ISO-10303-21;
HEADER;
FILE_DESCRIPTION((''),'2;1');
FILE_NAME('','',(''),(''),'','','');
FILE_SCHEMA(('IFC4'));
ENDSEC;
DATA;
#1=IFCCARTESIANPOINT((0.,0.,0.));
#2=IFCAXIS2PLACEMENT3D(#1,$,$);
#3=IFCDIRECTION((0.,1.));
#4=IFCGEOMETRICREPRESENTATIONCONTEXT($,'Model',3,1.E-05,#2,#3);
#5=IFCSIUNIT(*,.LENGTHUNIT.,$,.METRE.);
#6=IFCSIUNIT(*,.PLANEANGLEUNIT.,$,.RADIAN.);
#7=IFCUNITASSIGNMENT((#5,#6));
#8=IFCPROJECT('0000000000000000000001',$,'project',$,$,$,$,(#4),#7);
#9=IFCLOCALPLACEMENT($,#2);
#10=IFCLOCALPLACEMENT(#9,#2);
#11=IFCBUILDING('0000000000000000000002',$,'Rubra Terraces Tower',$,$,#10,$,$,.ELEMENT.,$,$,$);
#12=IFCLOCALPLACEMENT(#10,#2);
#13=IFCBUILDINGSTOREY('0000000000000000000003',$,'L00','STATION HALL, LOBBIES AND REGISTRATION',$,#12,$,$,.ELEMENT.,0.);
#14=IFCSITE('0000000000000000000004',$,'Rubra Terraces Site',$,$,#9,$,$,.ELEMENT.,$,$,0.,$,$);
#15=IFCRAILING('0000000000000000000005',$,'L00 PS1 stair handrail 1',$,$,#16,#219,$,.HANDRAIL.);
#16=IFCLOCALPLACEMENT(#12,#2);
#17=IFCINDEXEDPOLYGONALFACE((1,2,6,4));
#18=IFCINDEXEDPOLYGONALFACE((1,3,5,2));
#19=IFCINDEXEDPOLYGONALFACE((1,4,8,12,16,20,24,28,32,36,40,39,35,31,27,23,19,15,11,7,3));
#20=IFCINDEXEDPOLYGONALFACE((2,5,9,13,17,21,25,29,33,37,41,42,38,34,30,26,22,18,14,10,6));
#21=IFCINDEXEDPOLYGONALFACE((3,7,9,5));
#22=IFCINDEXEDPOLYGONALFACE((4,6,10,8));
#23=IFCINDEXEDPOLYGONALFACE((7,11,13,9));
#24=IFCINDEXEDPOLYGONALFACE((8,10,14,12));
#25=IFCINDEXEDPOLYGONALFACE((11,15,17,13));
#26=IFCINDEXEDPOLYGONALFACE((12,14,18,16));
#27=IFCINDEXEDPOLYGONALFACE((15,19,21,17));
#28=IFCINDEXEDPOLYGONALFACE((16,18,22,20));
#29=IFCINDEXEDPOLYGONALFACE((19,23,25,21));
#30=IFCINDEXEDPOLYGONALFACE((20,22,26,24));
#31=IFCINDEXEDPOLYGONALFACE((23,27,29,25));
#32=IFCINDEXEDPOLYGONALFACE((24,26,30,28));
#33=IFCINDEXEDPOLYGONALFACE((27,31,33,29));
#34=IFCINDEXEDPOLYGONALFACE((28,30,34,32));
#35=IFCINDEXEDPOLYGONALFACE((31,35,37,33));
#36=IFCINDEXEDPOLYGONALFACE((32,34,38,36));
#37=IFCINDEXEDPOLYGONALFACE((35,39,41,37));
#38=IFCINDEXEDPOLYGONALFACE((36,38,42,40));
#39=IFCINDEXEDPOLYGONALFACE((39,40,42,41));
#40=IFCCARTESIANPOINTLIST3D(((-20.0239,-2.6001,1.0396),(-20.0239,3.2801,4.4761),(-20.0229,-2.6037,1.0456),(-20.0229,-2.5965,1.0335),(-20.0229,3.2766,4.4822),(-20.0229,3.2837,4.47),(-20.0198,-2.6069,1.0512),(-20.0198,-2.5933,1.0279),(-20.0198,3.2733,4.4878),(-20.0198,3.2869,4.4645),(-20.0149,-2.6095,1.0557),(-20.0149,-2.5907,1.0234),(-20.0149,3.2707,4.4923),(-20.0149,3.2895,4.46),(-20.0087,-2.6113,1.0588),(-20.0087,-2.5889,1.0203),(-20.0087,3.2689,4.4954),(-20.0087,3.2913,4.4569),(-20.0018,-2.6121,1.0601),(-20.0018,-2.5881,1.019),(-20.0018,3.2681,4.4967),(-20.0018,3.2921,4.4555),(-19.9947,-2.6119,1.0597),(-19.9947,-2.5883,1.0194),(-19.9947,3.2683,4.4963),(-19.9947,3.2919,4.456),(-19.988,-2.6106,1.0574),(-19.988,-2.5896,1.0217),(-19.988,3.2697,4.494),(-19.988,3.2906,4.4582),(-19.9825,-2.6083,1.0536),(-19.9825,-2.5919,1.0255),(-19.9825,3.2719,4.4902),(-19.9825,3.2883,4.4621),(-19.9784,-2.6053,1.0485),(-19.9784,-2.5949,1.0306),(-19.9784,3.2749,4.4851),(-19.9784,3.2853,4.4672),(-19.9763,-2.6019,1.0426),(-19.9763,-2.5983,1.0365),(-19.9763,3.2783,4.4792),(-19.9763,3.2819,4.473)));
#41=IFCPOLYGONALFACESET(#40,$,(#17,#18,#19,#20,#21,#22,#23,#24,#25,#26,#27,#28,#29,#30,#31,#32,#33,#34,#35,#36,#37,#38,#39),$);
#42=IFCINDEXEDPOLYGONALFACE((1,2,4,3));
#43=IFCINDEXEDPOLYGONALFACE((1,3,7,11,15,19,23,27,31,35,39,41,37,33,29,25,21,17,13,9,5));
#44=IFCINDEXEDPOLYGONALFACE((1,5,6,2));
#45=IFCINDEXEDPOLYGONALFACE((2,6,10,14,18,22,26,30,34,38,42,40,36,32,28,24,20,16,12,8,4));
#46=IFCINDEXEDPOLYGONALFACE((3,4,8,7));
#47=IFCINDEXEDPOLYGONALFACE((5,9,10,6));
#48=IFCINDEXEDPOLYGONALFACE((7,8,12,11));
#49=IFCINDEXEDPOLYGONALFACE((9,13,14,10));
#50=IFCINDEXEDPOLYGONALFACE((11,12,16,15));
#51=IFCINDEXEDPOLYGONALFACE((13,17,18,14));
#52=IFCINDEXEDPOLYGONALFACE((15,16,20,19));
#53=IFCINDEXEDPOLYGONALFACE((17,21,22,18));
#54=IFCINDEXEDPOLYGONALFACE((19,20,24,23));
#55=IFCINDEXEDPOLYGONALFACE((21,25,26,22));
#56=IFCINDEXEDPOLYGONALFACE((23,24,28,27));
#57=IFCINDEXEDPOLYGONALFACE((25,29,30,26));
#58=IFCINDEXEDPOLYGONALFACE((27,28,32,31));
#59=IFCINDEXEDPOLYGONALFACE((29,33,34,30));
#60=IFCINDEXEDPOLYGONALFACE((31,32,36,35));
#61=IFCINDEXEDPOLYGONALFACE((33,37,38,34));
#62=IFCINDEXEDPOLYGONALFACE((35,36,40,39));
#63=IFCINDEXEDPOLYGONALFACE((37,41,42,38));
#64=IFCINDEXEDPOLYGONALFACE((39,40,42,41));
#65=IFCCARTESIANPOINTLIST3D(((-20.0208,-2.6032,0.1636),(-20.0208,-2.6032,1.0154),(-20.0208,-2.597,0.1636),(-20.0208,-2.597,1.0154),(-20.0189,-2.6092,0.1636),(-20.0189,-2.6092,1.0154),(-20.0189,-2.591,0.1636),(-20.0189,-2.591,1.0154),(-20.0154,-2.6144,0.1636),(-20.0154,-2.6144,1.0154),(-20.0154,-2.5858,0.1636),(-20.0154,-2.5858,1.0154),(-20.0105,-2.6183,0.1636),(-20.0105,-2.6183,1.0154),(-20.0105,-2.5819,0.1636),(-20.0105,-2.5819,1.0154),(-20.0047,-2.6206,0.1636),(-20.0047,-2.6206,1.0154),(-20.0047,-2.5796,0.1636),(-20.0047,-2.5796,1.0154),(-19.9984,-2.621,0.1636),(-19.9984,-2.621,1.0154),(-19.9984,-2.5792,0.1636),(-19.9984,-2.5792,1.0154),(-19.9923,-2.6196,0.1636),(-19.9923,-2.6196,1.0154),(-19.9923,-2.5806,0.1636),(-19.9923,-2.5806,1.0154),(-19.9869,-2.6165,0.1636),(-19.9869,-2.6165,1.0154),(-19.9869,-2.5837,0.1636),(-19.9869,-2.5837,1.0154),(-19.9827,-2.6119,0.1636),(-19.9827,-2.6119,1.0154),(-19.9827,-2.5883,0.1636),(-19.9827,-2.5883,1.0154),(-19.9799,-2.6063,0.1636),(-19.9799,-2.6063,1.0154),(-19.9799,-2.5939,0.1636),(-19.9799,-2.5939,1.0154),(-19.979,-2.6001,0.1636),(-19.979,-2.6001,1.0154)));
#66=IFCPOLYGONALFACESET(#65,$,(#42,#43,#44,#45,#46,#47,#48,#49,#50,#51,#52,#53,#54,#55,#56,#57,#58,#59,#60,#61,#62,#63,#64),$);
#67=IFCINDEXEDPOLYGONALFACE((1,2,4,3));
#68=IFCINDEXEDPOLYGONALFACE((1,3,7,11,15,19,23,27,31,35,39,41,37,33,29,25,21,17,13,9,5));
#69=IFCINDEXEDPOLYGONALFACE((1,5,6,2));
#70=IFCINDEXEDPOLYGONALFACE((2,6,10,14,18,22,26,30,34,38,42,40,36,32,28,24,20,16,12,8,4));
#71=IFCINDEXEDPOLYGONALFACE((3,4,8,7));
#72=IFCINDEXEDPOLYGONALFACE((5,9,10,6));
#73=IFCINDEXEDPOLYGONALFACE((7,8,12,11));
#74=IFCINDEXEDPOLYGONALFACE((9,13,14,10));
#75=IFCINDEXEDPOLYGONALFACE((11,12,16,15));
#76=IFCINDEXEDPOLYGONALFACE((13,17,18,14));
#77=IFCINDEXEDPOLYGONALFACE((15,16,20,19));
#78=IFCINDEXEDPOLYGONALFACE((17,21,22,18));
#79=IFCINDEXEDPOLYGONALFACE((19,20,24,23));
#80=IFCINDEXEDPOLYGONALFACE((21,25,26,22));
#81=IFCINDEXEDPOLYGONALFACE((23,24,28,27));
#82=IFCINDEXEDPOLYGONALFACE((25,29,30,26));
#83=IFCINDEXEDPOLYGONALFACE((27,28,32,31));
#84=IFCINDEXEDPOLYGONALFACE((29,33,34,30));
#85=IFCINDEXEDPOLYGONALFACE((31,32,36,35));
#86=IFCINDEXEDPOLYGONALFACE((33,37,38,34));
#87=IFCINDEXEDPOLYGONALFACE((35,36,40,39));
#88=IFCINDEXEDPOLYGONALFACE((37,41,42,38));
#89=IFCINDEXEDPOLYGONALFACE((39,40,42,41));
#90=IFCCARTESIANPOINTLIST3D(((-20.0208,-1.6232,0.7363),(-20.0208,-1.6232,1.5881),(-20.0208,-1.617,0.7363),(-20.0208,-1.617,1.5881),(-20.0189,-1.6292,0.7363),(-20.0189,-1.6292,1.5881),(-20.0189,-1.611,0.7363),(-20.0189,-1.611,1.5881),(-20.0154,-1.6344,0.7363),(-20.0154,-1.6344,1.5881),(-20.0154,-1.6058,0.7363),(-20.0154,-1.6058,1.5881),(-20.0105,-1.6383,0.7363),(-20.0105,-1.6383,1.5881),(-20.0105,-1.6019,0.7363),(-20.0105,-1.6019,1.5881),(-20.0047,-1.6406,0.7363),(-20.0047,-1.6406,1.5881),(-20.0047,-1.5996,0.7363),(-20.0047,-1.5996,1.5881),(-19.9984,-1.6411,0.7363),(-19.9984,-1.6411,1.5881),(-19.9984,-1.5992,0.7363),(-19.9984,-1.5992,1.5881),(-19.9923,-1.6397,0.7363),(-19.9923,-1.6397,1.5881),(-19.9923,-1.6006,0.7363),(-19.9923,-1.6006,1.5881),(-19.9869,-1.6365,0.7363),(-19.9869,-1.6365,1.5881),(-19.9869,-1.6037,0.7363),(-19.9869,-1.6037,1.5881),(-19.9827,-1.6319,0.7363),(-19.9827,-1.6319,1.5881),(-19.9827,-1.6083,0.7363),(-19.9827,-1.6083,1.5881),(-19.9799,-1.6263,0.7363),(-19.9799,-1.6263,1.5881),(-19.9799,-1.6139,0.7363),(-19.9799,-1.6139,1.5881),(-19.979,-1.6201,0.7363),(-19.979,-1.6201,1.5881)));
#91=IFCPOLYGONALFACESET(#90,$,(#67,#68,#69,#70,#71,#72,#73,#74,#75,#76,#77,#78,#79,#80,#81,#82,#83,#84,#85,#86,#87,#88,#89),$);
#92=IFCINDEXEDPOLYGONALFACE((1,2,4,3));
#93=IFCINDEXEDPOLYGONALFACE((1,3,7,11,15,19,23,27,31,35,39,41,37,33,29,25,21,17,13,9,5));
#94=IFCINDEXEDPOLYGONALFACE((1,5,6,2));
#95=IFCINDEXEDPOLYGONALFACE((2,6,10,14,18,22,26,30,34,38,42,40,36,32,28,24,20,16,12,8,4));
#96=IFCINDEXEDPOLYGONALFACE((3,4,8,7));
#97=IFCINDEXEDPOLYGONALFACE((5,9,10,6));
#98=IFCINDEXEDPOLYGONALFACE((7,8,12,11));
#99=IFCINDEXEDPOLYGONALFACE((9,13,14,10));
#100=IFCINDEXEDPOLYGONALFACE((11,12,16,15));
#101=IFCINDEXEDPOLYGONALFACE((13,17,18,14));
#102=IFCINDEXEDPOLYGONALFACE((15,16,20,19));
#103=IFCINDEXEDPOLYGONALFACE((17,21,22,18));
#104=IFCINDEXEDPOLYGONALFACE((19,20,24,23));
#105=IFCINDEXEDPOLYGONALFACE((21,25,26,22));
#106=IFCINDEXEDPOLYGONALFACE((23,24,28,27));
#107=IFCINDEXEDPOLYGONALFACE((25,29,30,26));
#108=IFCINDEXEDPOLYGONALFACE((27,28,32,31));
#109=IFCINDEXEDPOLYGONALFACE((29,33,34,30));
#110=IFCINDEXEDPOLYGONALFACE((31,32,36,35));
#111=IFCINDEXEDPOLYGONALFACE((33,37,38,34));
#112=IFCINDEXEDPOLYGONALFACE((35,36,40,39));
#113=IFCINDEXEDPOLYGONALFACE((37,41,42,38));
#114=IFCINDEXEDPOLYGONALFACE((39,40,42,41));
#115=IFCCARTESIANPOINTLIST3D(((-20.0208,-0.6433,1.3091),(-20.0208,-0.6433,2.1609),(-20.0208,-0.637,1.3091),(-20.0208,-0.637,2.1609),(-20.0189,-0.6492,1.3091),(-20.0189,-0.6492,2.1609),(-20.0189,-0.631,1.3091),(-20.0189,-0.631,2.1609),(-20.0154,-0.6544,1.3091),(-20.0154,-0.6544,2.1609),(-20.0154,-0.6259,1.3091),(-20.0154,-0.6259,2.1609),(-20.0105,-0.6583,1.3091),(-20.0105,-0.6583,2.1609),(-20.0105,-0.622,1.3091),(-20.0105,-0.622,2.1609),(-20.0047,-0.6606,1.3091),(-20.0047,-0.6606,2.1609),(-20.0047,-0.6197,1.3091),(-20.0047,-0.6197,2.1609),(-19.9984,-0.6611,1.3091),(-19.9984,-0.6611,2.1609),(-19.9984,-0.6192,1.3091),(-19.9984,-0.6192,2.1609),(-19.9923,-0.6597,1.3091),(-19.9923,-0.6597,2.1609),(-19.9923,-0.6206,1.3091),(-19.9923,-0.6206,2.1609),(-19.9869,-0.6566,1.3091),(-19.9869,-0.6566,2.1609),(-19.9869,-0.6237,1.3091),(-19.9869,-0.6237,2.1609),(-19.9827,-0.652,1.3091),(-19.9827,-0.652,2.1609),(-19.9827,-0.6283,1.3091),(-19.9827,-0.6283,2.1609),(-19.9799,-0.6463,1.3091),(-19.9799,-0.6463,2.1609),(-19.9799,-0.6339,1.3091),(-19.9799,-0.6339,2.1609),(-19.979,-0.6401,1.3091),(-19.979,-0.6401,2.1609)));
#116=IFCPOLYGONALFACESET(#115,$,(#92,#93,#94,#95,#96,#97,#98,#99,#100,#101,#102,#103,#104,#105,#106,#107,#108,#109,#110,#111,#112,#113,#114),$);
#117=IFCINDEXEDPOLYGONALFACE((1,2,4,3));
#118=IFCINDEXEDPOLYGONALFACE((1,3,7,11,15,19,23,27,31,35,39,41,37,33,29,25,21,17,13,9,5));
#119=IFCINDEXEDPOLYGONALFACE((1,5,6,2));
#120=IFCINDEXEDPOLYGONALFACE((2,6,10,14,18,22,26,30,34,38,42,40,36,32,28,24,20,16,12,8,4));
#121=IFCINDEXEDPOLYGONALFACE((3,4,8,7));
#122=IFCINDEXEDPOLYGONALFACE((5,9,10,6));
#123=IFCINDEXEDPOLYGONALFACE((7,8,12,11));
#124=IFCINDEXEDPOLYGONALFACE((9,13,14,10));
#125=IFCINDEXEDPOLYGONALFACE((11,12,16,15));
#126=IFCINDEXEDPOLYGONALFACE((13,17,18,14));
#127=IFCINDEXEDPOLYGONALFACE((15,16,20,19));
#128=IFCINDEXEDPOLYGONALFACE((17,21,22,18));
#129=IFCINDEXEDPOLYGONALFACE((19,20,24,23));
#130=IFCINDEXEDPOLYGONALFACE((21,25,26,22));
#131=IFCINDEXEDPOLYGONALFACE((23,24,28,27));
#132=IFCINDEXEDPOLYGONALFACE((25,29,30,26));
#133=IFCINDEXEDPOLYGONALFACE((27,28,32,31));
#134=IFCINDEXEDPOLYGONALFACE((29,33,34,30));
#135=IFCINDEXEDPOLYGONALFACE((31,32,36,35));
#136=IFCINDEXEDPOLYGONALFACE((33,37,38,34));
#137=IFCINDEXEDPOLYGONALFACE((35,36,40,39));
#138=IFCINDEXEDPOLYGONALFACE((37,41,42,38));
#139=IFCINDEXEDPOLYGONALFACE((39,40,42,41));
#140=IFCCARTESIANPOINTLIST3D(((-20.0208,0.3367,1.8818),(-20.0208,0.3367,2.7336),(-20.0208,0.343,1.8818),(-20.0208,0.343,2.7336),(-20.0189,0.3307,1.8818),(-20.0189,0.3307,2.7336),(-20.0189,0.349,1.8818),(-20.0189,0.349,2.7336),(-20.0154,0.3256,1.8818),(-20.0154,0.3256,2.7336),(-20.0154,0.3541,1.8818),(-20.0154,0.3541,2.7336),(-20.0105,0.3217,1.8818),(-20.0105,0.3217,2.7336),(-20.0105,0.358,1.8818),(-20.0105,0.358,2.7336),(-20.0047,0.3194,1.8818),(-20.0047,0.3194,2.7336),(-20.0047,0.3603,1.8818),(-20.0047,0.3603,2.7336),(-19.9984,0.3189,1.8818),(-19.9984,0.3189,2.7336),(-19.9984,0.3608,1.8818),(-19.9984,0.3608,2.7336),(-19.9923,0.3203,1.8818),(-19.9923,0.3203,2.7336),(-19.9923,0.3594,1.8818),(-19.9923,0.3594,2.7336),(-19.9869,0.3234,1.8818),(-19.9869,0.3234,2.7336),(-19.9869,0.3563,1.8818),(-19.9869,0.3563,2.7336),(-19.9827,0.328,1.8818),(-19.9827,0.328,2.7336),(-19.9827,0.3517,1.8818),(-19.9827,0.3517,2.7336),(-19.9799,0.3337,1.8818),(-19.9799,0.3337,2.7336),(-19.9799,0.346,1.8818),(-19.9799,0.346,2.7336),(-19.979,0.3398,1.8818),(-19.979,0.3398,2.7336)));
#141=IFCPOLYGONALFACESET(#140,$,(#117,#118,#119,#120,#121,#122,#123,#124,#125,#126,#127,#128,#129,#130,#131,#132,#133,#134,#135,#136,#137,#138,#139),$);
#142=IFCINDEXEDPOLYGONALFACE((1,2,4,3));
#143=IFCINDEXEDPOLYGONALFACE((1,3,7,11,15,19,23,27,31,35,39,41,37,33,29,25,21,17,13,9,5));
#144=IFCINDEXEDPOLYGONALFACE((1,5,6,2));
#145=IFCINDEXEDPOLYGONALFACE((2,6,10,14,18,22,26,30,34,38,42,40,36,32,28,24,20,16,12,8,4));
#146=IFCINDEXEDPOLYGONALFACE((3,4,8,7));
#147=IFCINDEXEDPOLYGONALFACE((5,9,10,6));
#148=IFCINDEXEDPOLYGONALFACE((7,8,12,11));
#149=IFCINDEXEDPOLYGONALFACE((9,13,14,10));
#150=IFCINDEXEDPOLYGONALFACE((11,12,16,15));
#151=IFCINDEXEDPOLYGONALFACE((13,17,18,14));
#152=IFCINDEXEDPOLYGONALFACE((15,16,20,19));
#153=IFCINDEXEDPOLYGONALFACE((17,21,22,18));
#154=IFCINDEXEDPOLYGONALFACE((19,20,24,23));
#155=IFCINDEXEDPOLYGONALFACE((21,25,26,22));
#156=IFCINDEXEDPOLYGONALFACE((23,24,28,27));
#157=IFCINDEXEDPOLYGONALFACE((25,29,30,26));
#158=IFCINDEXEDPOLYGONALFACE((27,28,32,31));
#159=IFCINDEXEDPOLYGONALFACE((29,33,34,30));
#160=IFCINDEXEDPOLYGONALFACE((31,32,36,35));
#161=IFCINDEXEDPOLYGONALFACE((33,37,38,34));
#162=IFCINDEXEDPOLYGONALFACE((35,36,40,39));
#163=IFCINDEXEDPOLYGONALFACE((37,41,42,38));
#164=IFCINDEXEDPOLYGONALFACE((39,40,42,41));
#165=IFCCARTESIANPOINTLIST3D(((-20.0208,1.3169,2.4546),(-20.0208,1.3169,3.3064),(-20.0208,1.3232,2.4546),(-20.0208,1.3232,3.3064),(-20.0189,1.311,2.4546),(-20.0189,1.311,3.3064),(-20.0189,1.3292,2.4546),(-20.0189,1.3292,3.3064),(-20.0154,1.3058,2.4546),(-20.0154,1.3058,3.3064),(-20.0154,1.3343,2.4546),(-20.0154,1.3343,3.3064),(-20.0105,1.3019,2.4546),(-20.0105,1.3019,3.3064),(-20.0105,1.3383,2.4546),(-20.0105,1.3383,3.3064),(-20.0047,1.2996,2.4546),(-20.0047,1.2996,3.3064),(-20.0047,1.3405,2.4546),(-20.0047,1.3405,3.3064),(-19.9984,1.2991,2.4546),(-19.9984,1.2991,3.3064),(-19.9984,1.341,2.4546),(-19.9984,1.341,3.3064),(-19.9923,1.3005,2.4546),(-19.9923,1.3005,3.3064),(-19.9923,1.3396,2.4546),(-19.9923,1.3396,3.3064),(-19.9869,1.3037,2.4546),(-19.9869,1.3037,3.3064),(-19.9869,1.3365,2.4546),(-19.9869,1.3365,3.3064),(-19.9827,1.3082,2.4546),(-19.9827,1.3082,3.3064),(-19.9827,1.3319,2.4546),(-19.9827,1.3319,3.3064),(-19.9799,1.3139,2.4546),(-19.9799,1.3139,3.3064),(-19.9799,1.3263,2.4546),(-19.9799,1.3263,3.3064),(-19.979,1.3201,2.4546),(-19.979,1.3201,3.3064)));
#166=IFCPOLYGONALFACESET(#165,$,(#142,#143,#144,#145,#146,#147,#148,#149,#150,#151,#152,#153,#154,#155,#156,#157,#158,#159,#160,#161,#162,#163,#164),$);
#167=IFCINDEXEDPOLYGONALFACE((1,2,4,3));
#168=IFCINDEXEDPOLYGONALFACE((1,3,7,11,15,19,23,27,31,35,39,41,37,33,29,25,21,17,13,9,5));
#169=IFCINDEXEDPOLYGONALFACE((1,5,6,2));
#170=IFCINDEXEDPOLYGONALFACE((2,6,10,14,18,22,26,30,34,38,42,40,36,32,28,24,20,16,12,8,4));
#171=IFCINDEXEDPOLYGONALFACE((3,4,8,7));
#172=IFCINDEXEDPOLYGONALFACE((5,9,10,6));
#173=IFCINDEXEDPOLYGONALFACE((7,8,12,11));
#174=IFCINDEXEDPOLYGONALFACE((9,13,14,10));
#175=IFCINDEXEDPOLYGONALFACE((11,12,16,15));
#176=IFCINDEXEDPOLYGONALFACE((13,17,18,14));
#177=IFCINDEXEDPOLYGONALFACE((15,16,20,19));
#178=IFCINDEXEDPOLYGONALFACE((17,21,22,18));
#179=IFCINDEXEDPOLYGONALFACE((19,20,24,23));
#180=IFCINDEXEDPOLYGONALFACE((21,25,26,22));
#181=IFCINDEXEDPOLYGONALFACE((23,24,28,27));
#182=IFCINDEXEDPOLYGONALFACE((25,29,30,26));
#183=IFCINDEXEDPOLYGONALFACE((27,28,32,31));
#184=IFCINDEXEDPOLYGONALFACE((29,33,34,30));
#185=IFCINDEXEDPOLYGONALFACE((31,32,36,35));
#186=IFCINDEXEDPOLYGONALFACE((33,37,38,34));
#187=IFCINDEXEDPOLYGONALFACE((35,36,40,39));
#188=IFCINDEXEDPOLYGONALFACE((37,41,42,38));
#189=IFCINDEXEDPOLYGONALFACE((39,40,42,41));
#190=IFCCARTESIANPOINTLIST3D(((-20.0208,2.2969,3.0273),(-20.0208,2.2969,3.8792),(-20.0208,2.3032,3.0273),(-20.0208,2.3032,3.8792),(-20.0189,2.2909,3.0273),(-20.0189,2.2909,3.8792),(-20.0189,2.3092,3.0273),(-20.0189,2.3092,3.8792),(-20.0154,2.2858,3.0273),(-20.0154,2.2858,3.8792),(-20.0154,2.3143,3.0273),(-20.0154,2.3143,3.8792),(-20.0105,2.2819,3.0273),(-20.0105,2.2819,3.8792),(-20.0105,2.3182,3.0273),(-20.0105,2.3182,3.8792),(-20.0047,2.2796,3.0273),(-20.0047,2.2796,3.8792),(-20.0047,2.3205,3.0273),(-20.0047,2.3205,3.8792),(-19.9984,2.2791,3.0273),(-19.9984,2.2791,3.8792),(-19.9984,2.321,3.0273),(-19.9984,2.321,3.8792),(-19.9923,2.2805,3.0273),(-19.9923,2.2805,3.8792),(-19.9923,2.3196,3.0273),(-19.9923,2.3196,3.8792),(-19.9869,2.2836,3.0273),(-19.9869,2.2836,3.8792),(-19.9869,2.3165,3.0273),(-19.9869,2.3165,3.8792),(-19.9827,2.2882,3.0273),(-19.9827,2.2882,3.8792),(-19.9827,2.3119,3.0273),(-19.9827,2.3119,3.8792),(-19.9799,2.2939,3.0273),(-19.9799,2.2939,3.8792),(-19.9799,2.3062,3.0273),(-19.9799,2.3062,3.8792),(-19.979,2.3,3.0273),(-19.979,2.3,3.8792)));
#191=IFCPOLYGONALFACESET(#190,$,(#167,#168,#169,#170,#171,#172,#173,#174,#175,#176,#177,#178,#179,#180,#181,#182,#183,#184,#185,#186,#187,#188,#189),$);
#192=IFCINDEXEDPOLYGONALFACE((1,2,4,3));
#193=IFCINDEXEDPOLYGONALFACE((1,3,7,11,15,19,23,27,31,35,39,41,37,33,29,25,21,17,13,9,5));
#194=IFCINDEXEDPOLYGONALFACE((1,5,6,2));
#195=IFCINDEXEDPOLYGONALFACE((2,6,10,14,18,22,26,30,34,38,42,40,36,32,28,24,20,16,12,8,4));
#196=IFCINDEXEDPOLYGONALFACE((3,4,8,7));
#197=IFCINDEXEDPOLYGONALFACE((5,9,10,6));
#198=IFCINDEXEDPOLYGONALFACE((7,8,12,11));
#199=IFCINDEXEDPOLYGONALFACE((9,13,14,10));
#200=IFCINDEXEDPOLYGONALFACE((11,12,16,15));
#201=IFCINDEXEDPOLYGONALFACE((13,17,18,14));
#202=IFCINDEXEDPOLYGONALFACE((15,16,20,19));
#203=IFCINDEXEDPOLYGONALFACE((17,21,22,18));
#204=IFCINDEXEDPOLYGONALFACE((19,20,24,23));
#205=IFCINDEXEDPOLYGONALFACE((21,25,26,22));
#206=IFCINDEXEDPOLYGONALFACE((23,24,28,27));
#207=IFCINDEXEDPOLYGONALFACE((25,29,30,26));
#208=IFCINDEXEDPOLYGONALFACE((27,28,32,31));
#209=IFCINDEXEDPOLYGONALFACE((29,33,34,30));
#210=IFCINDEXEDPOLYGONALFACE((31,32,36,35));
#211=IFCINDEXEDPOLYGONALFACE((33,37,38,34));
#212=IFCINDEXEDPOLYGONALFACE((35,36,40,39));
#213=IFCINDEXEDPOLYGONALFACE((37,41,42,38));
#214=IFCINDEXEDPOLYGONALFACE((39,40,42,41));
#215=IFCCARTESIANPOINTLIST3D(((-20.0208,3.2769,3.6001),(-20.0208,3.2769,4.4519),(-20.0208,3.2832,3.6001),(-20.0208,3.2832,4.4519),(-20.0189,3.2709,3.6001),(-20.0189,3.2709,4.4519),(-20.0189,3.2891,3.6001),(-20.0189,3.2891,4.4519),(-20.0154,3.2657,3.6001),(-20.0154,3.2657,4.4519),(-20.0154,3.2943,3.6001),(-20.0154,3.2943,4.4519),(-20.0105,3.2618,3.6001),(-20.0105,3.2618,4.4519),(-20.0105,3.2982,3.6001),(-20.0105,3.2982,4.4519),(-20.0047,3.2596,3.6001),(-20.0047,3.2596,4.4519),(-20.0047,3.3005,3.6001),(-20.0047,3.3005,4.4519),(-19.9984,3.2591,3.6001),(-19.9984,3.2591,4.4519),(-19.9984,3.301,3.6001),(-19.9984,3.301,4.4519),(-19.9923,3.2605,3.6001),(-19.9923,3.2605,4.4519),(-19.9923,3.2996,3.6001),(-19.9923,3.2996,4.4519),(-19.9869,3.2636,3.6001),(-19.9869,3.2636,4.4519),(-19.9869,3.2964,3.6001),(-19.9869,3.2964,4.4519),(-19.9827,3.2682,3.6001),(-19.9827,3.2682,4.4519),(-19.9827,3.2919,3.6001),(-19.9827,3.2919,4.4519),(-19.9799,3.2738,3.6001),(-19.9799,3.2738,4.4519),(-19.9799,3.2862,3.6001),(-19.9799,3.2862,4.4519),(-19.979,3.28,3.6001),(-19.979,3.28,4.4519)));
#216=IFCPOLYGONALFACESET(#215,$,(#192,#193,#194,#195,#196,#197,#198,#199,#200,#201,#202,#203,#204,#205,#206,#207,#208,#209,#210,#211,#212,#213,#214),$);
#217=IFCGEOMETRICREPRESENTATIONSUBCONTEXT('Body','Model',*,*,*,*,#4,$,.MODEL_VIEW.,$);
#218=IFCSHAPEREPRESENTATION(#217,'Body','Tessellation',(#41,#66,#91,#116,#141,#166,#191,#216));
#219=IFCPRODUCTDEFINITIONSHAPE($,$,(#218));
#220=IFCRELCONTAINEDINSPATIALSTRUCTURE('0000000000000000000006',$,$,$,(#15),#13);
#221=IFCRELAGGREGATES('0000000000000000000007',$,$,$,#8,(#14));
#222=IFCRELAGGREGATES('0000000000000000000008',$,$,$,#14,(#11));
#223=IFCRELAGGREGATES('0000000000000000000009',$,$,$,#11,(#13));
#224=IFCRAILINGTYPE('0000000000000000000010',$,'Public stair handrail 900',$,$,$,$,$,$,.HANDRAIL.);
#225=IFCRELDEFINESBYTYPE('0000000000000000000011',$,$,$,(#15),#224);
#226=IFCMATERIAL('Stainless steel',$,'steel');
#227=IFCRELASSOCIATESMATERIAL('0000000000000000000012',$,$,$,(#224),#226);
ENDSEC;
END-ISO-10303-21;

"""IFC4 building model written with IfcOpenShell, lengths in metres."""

from ifc_helpers import new_model, si_unit, direction, frame, origin, origin_2d, place, context, subcontext, project, spatial, circle, extrude, material, type_object, element, save


model = new_model("IFC4")

# Units and contexts
model_context = context("Model", 3, precision=1e-05, world=origin(), true_north=direction((0.0, 1.0)))
body_context = subcontext(model_context, "Body", "Model", "MODEL_VIEW")
ifc_project = project(units=[si_unit("LENGTHUNIT", "METRE"), si_unit("PLANEANGLEUNIT", "RADIAN")], contexts=[model_context])

# Site, building, storey
site_placement = place(None, origin())
site = spatial("IfcSite", under=ifc_project, at=site_placement, Name="Rubra Terraces Site", CompositionType="ELEMENT", RefElevation=0.0)
building_placement = place(site_placement, origin())
building = spatial("IfcBuilding", under=site, at=building_placement, Name="Rubra Terraces Tower", CompositionType="ELEMENT")
storey_placement = place(building_placement, origin())
storey = spatial("IfcBuildingStorey", under=building, at=storey_placement, Name="L00", Description="STATION HALL, LOBBIES AND REGISTRATION", CompositionType="ELEMENT", Elevation=0.0)

# Railing
ifc_material_1 = material(Name="Stainless steel", Category="steel")
railing_type_1 = type_object("IfcRailingType", Name="Public stair handrail 900", PredefinedType="HANDRAIL", material=ifc_material_1)
railing_1_placement = place(storey_placement, frame((-20.0, -2.6001, 0.1636)))
element("IfcRailing", 1, at=railing_1_placement, inside=storey, type_object=railing_type_1, Name="L00 PS1 stair handrail 1", PredefinedType="HANDRAIL", context=body_context, shape_type="SweptSolid", body=[
    extrude(circle(Radius=0.0239, at=origin_2d()), frame((0.0, 0.0, 0.876), z_axis=(0.0, 0.863366, 0.504577), x_axis=(-1.0, 0.0, 0.0)), (0.0, 0.0, 1.0), 6.8108),
    extrude(circle(Radius=0.021, at=origin_2d()), origin(), (0.0, 0.0, 1.0), 0.8518),
    extrude(circle(Radius=0.021, at=origin_2d()), frame((0.0, 0.98, 0.5728)), (0.0, 0.0, 1.0), 0.8518),
    extrude(circle(Radius=0.021, at=origin_2d()), frame((0.0, 1.96, 1.1455)), (0.0, 0.0, 1.0), 0.8518),
    extrude(circle(Radius=0.021, at=origin_2d()), frame((0.0, 2.9399, 1.7183)), (0.0, 0.0, 1.0), 0.8518),
    extrude(circle(Radius=0.021, at=origin_2d()), frame((0.0, 3.9202, 2.291)), (0.0, 0.0, 1.0), 0.8518),
    extrude(circle(Radius=0.021, at=origin_2d()), frame((0.0, 4.9001, 2.8638)), (0.0, 0.0, 1.0), 0.8518),
    extrude(circle(Radius=0.021, at=origin_2d()), frame((0.0, 5.8801, 3.4365)), (0.0, 0.0, 1.0), 0.8518),
])

save(model, "model.ifc")
